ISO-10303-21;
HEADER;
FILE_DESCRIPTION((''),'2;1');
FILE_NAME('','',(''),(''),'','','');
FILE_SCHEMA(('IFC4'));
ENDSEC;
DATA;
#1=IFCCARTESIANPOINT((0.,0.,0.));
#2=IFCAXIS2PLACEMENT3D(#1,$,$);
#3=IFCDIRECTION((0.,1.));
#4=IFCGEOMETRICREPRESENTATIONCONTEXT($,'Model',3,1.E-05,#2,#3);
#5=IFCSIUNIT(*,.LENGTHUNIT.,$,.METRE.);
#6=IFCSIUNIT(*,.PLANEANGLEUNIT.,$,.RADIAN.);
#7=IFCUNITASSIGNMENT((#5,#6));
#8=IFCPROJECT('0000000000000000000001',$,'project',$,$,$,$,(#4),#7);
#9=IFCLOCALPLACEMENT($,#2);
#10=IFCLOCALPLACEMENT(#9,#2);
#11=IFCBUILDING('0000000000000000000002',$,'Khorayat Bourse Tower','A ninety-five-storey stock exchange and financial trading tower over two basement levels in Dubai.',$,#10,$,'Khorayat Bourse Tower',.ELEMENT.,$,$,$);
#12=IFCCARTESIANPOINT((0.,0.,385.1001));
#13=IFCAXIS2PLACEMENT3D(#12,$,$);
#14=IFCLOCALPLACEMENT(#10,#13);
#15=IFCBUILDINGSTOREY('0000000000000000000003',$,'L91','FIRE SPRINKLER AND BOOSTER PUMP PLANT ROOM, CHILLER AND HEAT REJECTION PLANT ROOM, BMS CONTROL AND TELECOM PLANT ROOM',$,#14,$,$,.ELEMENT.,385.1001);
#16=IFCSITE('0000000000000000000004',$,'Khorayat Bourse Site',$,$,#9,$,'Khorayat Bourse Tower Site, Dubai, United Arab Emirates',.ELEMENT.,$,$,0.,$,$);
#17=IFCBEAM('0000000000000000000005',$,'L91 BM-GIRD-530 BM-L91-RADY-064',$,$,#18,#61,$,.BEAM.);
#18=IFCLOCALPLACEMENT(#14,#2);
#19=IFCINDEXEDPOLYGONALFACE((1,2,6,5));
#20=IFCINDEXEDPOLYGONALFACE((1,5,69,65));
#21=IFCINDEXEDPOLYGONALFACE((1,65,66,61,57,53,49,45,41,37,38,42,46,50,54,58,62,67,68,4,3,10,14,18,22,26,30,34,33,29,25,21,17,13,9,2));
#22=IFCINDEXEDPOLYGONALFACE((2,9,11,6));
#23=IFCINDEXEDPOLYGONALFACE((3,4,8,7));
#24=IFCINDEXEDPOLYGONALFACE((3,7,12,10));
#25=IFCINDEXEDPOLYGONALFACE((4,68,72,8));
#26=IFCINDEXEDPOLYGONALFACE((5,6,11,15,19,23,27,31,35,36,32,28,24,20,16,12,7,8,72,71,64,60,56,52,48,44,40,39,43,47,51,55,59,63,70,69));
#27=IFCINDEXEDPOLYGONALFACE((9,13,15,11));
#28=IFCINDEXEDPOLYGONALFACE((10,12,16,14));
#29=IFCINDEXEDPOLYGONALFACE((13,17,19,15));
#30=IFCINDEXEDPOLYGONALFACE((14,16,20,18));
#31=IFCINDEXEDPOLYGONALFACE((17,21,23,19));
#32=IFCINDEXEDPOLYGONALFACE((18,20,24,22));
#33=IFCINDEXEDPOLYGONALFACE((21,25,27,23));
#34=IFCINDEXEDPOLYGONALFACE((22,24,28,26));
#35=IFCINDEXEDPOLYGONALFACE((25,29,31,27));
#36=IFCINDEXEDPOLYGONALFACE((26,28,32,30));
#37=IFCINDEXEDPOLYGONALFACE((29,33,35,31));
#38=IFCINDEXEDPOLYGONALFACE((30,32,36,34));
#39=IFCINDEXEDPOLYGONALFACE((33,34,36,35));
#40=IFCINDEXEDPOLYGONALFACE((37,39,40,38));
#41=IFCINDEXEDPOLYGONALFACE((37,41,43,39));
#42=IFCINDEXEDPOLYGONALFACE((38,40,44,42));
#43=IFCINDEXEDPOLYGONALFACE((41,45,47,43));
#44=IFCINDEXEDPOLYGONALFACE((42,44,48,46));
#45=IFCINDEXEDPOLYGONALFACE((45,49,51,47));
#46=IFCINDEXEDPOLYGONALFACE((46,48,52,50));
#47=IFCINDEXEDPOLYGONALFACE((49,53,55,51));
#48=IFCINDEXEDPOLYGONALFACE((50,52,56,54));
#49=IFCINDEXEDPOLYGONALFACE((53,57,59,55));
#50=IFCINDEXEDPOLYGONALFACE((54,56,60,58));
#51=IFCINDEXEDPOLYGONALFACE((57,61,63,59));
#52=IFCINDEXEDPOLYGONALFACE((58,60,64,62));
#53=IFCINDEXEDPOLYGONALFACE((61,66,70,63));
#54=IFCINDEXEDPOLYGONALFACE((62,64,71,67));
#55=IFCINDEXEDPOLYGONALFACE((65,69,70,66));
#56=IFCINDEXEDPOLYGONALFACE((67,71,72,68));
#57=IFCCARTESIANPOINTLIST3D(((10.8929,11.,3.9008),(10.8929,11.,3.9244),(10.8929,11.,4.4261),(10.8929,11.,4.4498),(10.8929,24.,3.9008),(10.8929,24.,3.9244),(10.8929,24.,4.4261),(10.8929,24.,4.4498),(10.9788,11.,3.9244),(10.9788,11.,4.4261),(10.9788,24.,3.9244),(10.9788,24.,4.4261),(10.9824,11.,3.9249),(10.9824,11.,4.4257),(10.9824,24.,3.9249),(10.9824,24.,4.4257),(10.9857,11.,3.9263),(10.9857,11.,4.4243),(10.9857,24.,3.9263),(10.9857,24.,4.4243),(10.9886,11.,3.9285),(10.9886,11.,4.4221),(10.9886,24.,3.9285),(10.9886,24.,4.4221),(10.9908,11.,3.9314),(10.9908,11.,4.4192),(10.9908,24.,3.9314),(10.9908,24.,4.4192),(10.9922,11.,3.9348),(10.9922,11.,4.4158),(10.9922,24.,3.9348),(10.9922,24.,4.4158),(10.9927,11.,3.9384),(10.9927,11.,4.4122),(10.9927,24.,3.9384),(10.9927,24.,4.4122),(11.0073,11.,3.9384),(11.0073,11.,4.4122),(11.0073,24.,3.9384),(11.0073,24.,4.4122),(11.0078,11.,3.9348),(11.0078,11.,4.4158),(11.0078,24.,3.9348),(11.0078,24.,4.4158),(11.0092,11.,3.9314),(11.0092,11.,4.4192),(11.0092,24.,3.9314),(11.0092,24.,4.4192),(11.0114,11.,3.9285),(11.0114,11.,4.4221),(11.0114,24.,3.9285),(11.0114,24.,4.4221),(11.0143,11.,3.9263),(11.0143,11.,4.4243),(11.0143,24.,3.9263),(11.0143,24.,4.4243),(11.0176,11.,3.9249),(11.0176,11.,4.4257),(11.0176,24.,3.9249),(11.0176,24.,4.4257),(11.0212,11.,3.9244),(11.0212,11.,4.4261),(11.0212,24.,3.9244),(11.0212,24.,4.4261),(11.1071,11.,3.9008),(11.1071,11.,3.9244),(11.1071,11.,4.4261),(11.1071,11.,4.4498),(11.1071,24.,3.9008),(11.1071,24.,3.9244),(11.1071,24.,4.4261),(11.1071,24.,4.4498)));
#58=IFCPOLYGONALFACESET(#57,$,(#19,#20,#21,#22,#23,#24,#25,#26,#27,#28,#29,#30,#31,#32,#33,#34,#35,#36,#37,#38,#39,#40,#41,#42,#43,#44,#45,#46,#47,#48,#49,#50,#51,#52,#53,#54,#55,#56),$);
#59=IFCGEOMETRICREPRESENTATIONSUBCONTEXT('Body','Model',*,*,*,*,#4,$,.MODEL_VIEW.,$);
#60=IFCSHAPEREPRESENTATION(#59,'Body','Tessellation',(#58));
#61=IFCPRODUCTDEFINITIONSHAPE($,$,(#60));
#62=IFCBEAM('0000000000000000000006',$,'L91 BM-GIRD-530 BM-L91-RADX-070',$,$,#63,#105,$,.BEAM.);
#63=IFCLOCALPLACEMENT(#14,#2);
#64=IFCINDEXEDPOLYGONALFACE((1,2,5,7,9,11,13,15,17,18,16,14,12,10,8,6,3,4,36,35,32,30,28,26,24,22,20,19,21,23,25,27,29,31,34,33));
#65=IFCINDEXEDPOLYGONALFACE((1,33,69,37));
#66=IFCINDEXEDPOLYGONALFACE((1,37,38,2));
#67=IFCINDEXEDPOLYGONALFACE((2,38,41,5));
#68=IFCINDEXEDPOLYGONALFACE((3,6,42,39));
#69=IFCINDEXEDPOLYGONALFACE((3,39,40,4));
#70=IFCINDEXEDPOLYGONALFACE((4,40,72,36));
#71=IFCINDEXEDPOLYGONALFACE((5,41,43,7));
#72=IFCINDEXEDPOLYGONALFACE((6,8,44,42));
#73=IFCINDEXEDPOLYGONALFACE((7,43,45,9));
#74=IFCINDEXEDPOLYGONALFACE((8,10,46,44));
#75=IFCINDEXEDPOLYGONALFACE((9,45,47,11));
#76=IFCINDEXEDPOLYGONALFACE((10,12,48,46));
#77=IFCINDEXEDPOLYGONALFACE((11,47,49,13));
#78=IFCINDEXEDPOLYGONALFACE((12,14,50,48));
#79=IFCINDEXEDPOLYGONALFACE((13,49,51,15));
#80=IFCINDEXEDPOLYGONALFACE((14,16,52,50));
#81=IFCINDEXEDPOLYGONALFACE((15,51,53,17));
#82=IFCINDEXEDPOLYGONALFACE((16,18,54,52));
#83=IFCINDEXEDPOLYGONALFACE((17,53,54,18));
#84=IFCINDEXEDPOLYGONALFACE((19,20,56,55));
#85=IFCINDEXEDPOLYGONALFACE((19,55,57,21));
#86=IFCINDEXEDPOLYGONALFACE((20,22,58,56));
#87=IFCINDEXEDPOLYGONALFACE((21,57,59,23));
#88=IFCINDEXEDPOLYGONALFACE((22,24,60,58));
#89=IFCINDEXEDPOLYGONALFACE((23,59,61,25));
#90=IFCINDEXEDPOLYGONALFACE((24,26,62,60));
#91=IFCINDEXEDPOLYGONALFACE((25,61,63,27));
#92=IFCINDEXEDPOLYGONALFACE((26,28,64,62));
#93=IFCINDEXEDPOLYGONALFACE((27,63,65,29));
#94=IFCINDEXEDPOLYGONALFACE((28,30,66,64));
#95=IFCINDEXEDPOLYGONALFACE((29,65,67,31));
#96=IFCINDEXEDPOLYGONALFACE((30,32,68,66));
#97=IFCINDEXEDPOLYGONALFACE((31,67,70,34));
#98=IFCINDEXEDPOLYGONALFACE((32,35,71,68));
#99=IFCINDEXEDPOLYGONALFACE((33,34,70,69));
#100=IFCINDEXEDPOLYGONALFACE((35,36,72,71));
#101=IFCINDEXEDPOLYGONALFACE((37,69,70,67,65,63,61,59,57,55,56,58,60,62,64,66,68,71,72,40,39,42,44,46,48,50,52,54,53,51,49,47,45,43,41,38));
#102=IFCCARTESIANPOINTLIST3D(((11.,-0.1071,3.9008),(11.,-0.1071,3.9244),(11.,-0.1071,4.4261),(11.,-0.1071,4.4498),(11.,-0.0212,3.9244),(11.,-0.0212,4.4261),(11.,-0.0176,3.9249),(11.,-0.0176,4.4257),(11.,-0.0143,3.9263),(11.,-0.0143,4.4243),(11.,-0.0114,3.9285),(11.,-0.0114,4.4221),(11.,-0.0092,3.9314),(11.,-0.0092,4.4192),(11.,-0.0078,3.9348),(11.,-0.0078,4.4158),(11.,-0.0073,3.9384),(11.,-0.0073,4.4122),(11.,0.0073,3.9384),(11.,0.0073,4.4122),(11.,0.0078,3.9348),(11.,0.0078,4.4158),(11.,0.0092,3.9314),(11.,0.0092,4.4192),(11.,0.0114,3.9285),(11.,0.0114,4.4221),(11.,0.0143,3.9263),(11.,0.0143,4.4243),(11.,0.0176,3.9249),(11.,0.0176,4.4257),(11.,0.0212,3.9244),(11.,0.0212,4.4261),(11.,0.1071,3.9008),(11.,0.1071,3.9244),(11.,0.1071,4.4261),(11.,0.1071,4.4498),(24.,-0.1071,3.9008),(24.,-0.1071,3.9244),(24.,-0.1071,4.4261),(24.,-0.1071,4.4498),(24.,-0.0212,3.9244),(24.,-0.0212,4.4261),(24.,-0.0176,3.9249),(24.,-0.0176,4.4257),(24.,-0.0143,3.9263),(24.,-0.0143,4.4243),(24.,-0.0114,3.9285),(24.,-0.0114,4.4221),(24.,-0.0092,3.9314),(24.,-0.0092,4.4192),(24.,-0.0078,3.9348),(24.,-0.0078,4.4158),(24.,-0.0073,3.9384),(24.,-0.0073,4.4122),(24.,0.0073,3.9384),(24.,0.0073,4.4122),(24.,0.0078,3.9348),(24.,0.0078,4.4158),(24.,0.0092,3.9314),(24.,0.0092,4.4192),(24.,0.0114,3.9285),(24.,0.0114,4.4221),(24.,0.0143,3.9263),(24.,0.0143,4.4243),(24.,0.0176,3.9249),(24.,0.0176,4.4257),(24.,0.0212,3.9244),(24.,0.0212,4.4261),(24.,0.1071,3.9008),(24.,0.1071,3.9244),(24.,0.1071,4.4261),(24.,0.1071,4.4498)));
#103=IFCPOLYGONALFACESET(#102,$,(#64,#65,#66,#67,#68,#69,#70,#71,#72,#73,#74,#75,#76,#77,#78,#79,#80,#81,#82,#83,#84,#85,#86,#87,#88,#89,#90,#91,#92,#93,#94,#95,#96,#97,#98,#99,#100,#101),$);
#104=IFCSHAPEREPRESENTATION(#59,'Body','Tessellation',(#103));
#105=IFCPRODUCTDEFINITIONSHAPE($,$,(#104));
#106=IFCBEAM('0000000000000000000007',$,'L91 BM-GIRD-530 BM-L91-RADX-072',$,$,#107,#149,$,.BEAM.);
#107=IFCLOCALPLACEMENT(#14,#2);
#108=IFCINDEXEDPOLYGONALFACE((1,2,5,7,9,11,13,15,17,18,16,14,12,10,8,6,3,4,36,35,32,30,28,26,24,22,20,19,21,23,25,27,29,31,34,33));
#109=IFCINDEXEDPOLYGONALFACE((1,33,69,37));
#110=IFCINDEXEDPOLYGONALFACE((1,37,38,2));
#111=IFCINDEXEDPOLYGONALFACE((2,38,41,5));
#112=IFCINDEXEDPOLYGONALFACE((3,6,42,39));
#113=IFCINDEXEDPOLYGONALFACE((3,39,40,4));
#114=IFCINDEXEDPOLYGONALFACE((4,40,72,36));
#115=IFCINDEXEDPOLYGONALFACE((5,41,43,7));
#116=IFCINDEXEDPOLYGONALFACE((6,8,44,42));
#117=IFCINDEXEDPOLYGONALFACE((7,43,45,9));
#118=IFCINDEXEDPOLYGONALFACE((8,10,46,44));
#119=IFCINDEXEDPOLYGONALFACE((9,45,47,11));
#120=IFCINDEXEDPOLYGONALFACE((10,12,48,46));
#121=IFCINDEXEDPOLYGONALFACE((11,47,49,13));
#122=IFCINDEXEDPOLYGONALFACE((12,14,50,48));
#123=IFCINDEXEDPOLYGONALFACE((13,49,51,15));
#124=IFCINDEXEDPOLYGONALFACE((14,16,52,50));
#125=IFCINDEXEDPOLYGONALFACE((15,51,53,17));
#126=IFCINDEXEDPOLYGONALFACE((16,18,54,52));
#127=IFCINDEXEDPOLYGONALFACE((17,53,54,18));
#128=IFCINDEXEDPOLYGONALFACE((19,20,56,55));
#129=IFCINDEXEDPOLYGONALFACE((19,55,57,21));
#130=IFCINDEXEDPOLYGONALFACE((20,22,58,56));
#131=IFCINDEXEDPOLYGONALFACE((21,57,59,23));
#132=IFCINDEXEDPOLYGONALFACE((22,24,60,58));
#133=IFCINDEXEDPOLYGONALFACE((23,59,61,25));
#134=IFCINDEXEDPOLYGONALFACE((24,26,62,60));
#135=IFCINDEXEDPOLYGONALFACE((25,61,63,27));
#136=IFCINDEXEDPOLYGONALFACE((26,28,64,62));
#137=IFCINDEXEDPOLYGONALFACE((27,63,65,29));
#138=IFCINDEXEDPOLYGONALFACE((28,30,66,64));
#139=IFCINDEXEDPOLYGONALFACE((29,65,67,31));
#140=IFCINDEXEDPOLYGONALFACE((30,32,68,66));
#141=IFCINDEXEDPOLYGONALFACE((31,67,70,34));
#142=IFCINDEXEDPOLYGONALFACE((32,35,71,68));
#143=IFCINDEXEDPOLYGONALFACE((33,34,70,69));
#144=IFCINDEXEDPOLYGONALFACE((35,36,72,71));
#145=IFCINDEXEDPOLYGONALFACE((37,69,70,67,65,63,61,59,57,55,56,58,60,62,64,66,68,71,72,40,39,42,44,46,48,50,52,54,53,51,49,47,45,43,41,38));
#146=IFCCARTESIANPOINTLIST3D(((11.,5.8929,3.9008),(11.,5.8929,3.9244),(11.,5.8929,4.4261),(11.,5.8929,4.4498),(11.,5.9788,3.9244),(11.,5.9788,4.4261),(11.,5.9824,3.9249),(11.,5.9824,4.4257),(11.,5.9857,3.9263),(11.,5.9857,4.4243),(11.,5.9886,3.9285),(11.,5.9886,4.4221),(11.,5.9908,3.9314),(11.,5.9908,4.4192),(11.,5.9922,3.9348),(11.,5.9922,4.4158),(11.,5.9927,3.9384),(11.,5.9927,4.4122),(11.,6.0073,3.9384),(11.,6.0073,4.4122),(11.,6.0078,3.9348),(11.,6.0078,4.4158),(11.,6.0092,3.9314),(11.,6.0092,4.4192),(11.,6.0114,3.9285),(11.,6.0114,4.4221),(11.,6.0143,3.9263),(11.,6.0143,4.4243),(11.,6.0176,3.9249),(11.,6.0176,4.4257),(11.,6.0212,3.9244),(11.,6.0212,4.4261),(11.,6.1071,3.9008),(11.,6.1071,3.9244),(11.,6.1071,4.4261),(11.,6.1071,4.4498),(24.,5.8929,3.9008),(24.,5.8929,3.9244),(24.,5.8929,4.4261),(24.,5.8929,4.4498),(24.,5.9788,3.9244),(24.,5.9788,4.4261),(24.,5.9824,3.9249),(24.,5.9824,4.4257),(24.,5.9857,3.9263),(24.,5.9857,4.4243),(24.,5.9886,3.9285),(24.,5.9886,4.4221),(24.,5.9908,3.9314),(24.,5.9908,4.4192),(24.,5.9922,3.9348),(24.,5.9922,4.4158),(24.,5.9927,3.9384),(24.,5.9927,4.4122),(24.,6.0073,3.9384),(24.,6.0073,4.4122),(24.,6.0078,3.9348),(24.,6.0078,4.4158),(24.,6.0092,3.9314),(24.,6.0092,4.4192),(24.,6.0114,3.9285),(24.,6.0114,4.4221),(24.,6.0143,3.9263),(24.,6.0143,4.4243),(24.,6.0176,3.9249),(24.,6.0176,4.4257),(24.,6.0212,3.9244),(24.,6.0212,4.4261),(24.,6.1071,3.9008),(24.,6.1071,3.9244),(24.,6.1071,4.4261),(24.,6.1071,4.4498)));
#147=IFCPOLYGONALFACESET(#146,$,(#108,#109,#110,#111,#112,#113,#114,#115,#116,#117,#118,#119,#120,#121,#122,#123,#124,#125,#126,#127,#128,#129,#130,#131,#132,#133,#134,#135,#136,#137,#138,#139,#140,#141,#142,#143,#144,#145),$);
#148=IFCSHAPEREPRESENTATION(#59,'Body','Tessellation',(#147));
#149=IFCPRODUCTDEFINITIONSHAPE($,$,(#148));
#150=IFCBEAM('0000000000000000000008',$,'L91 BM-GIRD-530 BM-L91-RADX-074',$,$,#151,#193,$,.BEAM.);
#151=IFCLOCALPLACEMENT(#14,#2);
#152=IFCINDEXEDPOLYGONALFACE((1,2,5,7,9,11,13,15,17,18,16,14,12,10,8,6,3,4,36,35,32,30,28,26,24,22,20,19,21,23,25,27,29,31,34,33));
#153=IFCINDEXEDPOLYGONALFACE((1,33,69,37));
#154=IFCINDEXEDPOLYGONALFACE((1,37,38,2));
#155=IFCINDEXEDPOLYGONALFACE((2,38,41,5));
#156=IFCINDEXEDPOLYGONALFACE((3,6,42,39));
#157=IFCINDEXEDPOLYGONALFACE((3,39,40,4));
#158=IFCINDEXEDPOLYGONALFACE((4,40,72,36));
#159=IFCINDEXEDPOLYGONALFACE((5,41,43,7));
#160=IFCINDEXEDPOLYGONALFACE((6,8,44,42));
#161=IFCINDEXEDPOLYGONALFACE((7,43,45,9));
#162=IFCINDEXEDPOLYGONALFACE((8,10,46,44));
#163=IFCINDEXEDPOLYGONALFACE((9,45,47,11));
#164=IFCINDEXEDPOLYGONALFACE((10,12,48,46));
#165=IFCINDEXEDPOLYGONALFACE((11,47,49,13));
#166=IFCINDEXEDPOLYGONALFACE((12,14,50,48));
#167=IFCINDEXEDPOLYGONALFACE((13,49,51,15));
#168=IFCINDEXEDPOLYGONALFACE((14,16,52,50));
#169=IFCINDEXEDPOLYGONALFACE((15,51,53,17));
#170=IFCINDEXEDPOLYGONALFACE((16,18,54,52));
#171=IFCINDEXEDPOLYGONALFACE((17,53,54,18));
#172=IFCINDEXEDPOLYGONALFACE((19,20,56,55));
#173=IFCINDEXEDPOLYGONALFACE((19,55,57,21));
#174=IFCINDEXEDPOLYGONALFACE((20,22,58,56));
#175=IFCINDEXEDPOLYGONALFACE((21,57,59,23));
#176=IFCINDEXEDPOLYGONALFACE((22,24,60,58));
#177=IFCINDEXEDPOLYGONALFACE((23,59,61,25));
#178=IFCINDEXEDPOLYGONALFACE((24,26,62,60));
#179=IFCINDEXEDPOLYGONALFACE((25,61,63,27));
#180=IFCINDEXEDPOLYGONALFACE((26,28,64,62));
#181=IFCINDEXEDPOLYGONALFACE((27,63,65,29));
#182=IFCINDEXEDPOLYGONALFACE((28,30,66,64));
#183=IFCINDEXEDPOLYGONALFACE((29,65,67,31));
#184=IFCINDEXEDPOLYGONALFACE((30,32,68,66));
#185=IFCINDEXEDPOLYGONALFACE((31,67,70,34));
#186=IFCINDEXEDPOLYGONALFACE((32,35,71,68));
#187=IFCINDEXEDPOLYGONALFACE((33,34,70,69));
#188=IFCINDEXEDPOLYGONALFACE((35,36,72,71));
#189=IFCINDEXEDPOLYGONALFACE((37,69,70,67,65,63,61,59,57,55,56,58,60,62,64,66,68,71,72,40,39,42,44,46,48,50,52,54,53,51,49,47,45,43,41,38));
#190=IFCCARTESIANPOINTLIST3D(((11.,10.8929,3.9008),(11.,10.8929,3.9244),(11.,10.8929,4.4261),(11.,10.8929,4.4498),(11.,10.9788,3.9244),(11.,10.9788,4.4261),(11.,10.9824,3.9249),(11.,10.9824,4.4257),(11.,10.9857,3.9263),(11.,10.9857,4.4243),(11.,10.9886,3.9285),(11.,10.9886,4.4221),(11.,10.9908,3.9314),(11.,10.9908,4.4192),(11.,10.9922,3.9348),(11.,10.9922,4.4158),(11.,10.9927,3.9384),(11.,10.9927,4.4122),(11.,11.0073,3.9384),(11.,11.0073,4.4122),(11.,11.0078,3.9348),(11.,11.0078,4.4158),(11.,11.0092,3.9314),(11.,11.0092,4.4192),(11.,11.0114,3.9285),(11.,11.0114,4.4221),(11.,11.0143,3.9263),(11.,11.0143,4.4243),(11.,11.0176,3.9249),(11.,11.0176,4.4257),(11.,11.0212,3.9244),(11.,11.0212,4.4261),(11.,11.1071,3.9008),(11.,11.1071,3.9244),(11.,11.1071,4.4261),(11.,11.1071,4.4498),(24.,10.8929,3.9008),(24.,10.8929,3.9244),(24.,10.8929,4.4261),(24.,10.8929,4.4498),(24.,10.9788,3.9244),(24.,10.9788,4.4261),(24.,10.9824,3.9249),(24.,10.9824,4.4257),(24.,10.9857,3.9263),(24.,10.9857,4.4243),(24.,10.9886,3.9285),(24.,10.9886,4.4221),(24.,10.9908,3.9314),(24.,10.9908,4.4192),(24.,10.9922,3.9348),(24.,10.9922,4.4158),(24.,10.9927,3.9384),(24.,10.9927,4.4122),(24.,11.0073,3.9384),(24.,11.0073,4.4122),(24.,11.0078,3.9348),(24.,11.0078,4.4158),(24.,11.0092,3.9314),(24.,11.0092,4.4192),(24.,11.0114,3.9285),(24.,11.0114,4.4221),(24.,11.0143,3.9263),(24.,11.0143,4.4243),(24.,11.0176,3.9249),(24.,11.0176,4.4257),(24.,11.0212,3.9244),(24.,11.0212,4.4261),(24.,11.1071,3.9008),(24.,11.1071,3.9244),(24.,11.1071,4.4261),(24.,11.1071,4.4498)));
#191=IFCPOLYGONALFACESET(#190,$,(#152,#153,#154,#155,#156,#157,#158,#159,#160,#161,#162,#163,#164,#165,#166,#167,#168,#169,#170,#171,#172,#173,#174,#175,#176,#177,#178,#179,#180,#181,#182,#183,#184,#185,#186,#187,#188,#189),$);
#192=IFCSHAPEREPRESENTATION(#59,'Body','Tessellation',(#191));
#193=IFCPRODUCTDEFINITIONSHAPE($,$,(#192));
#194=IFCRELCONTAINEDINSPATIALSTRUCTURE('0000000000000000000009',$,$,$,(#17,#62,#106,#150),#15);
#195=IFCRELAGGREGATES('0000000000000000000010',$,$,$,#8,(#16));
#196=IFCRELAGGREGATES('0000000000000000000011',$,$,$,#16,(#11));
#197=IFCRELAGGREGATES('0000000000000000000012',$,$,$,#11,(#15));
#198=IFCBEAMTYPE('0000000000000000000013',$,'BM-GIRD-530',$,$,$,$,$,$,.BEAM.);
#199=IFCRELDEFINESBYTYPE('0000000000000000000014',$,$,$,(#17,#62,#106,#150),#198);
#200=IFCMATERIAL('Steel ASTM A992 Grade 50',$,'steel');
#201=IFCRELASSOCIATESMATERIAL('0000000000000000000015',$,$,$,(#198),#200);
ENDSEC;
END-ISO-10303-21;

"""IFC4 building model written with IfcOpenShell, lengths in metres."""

from ifc_helpers import new_model, si_unit, direction, frame, origin, origin_2d, place, context, subcontext, project, spatial, i_section, extrude, source, transform, mapped, material, material_profile, profile_set, type_object, element, save


model = new_model("IFC4")

# Units and contexts
model_context = context("Model", 3, precision=1e-05, world=origin(), true_north=direction((0.0, 1.0)))
body_context = subcontext(model_context, "Body", "Model", "MODEL_VIEW")
ifc_project = project(units=[si_unit("LENGTHUNIT", "METRE"), si_unit("PLANEANGLEUNIT", "RADIAN")], contexts=[model_context])

# Site, building, storey
site_placement = place(None, origin())
site = spatial("IfcSite", under=ifc_project, at=site_placement, Name="Khorayat Bourse Site", LongName="Khorayat Bourse Tower Site, Dubai, United Arab Emirates", CompositionType="ELEMENT", RefElevation=0.0)
building_placement = place(site_placement, origin())
building = spatial("IfcBuilding", under=site, at=building_placement, Name="Khorayat Bourse Tower", Description="A ninety-five-storey stock exchange and financial trading tower over two basement levels in Dubai.", LongName="Khorayat Bourse Tower", CompositionType="ELEMENT")
storey_placement = place(building_placement, frame((0.0, 0.0, 385.1001)))
storey = spatial("IfcBuildingStorey", under=building, at=storey_placement, Name="L91", Description="FIRE SPRINKLER AND BOOSTER PUMP PLANT ROOM, CHILLER AND HEAT REJECTION PLANT ROOM, BMS CONTROL AND TELECOM PLANT ROOM", CompositionType="ELEMENT", Elevation=385.1001)

# Beams
ifc_material_1 = material(Name="Steel ASTM A992 Grade 50", Category="steel")
ifc_material_profile_1 = material_profile(ifc_material_1, i_section(OverallWidth=0.2141, OverallDepth=0.5491, WebThickness=0.0146, FlangeThickness=0.0237, FilletRadius=0.0139, at=origin_2d()), Name="W530X138")
ifc_profile_set_1 = profile_set([ifc_material_profile_1], Name="Steel ASTM A992 Grade 50")
beam_type_1 = type_object("IfcBeamType", Name="BM-GIRD-530", PredefinedType="BEAM", material=ifc_profile_set_1)
shared_shape_1 = source(origin(), body_context, "Body", "SweptSolid", [
    extrude(i_section(OverallWidth=0.2141, OverallDepth=0.5491, WebThickness=0.0146, FlangeThickness=0.0237, FilletRadius=0.0139, at=origin_2d()), origin(), (0.0, 0.0, 1.0), 13.0),
])
for number, where, z_axis, x_axis, name in (
    (1, (11.0, 11.0, 4.1753), (0.0, 1.0, 0.0), (-1.0, 0.0, 0.0), "L91 BM-GIRD-530 BM-L91-RADY-064"),
    (2, (11.0, 0.0, 4.1753), (1.0, 0.0, 0.0), (0.0, 1.0, 0.0), "L91 BM-GIRD-530 BM-L91-RADX-070"),
    (3, (11.0, 6.0, 4.1753), (1.0, 0.0, 0.0), (0.0, 1.0, 0.0), "L91 BM-GIRD-530 BM-L91-RADX-072"),
    (4, (11.0, 11.0, 4.1753), (1.0, 0.0, 0.0), (0.0, 1.0, 0.0), "L91 BM-GIRD-530 BM-L91-RADX-074"),
):
    element("IfcBeam", number, at=place(storey_placement, frame(where, z_axis=z_axis, x_axis=x_axis)), inside=storey, type_object=beam_type_1, Name=name, PredefinedType="BEAM", context=body_context, shape_type="MappedRepresentation", body=[
        mapped(shared_shape_1, transform((0.0, 0.0, 0.0), scale=1.0)),
    ])

save(model, "model.ifc")
